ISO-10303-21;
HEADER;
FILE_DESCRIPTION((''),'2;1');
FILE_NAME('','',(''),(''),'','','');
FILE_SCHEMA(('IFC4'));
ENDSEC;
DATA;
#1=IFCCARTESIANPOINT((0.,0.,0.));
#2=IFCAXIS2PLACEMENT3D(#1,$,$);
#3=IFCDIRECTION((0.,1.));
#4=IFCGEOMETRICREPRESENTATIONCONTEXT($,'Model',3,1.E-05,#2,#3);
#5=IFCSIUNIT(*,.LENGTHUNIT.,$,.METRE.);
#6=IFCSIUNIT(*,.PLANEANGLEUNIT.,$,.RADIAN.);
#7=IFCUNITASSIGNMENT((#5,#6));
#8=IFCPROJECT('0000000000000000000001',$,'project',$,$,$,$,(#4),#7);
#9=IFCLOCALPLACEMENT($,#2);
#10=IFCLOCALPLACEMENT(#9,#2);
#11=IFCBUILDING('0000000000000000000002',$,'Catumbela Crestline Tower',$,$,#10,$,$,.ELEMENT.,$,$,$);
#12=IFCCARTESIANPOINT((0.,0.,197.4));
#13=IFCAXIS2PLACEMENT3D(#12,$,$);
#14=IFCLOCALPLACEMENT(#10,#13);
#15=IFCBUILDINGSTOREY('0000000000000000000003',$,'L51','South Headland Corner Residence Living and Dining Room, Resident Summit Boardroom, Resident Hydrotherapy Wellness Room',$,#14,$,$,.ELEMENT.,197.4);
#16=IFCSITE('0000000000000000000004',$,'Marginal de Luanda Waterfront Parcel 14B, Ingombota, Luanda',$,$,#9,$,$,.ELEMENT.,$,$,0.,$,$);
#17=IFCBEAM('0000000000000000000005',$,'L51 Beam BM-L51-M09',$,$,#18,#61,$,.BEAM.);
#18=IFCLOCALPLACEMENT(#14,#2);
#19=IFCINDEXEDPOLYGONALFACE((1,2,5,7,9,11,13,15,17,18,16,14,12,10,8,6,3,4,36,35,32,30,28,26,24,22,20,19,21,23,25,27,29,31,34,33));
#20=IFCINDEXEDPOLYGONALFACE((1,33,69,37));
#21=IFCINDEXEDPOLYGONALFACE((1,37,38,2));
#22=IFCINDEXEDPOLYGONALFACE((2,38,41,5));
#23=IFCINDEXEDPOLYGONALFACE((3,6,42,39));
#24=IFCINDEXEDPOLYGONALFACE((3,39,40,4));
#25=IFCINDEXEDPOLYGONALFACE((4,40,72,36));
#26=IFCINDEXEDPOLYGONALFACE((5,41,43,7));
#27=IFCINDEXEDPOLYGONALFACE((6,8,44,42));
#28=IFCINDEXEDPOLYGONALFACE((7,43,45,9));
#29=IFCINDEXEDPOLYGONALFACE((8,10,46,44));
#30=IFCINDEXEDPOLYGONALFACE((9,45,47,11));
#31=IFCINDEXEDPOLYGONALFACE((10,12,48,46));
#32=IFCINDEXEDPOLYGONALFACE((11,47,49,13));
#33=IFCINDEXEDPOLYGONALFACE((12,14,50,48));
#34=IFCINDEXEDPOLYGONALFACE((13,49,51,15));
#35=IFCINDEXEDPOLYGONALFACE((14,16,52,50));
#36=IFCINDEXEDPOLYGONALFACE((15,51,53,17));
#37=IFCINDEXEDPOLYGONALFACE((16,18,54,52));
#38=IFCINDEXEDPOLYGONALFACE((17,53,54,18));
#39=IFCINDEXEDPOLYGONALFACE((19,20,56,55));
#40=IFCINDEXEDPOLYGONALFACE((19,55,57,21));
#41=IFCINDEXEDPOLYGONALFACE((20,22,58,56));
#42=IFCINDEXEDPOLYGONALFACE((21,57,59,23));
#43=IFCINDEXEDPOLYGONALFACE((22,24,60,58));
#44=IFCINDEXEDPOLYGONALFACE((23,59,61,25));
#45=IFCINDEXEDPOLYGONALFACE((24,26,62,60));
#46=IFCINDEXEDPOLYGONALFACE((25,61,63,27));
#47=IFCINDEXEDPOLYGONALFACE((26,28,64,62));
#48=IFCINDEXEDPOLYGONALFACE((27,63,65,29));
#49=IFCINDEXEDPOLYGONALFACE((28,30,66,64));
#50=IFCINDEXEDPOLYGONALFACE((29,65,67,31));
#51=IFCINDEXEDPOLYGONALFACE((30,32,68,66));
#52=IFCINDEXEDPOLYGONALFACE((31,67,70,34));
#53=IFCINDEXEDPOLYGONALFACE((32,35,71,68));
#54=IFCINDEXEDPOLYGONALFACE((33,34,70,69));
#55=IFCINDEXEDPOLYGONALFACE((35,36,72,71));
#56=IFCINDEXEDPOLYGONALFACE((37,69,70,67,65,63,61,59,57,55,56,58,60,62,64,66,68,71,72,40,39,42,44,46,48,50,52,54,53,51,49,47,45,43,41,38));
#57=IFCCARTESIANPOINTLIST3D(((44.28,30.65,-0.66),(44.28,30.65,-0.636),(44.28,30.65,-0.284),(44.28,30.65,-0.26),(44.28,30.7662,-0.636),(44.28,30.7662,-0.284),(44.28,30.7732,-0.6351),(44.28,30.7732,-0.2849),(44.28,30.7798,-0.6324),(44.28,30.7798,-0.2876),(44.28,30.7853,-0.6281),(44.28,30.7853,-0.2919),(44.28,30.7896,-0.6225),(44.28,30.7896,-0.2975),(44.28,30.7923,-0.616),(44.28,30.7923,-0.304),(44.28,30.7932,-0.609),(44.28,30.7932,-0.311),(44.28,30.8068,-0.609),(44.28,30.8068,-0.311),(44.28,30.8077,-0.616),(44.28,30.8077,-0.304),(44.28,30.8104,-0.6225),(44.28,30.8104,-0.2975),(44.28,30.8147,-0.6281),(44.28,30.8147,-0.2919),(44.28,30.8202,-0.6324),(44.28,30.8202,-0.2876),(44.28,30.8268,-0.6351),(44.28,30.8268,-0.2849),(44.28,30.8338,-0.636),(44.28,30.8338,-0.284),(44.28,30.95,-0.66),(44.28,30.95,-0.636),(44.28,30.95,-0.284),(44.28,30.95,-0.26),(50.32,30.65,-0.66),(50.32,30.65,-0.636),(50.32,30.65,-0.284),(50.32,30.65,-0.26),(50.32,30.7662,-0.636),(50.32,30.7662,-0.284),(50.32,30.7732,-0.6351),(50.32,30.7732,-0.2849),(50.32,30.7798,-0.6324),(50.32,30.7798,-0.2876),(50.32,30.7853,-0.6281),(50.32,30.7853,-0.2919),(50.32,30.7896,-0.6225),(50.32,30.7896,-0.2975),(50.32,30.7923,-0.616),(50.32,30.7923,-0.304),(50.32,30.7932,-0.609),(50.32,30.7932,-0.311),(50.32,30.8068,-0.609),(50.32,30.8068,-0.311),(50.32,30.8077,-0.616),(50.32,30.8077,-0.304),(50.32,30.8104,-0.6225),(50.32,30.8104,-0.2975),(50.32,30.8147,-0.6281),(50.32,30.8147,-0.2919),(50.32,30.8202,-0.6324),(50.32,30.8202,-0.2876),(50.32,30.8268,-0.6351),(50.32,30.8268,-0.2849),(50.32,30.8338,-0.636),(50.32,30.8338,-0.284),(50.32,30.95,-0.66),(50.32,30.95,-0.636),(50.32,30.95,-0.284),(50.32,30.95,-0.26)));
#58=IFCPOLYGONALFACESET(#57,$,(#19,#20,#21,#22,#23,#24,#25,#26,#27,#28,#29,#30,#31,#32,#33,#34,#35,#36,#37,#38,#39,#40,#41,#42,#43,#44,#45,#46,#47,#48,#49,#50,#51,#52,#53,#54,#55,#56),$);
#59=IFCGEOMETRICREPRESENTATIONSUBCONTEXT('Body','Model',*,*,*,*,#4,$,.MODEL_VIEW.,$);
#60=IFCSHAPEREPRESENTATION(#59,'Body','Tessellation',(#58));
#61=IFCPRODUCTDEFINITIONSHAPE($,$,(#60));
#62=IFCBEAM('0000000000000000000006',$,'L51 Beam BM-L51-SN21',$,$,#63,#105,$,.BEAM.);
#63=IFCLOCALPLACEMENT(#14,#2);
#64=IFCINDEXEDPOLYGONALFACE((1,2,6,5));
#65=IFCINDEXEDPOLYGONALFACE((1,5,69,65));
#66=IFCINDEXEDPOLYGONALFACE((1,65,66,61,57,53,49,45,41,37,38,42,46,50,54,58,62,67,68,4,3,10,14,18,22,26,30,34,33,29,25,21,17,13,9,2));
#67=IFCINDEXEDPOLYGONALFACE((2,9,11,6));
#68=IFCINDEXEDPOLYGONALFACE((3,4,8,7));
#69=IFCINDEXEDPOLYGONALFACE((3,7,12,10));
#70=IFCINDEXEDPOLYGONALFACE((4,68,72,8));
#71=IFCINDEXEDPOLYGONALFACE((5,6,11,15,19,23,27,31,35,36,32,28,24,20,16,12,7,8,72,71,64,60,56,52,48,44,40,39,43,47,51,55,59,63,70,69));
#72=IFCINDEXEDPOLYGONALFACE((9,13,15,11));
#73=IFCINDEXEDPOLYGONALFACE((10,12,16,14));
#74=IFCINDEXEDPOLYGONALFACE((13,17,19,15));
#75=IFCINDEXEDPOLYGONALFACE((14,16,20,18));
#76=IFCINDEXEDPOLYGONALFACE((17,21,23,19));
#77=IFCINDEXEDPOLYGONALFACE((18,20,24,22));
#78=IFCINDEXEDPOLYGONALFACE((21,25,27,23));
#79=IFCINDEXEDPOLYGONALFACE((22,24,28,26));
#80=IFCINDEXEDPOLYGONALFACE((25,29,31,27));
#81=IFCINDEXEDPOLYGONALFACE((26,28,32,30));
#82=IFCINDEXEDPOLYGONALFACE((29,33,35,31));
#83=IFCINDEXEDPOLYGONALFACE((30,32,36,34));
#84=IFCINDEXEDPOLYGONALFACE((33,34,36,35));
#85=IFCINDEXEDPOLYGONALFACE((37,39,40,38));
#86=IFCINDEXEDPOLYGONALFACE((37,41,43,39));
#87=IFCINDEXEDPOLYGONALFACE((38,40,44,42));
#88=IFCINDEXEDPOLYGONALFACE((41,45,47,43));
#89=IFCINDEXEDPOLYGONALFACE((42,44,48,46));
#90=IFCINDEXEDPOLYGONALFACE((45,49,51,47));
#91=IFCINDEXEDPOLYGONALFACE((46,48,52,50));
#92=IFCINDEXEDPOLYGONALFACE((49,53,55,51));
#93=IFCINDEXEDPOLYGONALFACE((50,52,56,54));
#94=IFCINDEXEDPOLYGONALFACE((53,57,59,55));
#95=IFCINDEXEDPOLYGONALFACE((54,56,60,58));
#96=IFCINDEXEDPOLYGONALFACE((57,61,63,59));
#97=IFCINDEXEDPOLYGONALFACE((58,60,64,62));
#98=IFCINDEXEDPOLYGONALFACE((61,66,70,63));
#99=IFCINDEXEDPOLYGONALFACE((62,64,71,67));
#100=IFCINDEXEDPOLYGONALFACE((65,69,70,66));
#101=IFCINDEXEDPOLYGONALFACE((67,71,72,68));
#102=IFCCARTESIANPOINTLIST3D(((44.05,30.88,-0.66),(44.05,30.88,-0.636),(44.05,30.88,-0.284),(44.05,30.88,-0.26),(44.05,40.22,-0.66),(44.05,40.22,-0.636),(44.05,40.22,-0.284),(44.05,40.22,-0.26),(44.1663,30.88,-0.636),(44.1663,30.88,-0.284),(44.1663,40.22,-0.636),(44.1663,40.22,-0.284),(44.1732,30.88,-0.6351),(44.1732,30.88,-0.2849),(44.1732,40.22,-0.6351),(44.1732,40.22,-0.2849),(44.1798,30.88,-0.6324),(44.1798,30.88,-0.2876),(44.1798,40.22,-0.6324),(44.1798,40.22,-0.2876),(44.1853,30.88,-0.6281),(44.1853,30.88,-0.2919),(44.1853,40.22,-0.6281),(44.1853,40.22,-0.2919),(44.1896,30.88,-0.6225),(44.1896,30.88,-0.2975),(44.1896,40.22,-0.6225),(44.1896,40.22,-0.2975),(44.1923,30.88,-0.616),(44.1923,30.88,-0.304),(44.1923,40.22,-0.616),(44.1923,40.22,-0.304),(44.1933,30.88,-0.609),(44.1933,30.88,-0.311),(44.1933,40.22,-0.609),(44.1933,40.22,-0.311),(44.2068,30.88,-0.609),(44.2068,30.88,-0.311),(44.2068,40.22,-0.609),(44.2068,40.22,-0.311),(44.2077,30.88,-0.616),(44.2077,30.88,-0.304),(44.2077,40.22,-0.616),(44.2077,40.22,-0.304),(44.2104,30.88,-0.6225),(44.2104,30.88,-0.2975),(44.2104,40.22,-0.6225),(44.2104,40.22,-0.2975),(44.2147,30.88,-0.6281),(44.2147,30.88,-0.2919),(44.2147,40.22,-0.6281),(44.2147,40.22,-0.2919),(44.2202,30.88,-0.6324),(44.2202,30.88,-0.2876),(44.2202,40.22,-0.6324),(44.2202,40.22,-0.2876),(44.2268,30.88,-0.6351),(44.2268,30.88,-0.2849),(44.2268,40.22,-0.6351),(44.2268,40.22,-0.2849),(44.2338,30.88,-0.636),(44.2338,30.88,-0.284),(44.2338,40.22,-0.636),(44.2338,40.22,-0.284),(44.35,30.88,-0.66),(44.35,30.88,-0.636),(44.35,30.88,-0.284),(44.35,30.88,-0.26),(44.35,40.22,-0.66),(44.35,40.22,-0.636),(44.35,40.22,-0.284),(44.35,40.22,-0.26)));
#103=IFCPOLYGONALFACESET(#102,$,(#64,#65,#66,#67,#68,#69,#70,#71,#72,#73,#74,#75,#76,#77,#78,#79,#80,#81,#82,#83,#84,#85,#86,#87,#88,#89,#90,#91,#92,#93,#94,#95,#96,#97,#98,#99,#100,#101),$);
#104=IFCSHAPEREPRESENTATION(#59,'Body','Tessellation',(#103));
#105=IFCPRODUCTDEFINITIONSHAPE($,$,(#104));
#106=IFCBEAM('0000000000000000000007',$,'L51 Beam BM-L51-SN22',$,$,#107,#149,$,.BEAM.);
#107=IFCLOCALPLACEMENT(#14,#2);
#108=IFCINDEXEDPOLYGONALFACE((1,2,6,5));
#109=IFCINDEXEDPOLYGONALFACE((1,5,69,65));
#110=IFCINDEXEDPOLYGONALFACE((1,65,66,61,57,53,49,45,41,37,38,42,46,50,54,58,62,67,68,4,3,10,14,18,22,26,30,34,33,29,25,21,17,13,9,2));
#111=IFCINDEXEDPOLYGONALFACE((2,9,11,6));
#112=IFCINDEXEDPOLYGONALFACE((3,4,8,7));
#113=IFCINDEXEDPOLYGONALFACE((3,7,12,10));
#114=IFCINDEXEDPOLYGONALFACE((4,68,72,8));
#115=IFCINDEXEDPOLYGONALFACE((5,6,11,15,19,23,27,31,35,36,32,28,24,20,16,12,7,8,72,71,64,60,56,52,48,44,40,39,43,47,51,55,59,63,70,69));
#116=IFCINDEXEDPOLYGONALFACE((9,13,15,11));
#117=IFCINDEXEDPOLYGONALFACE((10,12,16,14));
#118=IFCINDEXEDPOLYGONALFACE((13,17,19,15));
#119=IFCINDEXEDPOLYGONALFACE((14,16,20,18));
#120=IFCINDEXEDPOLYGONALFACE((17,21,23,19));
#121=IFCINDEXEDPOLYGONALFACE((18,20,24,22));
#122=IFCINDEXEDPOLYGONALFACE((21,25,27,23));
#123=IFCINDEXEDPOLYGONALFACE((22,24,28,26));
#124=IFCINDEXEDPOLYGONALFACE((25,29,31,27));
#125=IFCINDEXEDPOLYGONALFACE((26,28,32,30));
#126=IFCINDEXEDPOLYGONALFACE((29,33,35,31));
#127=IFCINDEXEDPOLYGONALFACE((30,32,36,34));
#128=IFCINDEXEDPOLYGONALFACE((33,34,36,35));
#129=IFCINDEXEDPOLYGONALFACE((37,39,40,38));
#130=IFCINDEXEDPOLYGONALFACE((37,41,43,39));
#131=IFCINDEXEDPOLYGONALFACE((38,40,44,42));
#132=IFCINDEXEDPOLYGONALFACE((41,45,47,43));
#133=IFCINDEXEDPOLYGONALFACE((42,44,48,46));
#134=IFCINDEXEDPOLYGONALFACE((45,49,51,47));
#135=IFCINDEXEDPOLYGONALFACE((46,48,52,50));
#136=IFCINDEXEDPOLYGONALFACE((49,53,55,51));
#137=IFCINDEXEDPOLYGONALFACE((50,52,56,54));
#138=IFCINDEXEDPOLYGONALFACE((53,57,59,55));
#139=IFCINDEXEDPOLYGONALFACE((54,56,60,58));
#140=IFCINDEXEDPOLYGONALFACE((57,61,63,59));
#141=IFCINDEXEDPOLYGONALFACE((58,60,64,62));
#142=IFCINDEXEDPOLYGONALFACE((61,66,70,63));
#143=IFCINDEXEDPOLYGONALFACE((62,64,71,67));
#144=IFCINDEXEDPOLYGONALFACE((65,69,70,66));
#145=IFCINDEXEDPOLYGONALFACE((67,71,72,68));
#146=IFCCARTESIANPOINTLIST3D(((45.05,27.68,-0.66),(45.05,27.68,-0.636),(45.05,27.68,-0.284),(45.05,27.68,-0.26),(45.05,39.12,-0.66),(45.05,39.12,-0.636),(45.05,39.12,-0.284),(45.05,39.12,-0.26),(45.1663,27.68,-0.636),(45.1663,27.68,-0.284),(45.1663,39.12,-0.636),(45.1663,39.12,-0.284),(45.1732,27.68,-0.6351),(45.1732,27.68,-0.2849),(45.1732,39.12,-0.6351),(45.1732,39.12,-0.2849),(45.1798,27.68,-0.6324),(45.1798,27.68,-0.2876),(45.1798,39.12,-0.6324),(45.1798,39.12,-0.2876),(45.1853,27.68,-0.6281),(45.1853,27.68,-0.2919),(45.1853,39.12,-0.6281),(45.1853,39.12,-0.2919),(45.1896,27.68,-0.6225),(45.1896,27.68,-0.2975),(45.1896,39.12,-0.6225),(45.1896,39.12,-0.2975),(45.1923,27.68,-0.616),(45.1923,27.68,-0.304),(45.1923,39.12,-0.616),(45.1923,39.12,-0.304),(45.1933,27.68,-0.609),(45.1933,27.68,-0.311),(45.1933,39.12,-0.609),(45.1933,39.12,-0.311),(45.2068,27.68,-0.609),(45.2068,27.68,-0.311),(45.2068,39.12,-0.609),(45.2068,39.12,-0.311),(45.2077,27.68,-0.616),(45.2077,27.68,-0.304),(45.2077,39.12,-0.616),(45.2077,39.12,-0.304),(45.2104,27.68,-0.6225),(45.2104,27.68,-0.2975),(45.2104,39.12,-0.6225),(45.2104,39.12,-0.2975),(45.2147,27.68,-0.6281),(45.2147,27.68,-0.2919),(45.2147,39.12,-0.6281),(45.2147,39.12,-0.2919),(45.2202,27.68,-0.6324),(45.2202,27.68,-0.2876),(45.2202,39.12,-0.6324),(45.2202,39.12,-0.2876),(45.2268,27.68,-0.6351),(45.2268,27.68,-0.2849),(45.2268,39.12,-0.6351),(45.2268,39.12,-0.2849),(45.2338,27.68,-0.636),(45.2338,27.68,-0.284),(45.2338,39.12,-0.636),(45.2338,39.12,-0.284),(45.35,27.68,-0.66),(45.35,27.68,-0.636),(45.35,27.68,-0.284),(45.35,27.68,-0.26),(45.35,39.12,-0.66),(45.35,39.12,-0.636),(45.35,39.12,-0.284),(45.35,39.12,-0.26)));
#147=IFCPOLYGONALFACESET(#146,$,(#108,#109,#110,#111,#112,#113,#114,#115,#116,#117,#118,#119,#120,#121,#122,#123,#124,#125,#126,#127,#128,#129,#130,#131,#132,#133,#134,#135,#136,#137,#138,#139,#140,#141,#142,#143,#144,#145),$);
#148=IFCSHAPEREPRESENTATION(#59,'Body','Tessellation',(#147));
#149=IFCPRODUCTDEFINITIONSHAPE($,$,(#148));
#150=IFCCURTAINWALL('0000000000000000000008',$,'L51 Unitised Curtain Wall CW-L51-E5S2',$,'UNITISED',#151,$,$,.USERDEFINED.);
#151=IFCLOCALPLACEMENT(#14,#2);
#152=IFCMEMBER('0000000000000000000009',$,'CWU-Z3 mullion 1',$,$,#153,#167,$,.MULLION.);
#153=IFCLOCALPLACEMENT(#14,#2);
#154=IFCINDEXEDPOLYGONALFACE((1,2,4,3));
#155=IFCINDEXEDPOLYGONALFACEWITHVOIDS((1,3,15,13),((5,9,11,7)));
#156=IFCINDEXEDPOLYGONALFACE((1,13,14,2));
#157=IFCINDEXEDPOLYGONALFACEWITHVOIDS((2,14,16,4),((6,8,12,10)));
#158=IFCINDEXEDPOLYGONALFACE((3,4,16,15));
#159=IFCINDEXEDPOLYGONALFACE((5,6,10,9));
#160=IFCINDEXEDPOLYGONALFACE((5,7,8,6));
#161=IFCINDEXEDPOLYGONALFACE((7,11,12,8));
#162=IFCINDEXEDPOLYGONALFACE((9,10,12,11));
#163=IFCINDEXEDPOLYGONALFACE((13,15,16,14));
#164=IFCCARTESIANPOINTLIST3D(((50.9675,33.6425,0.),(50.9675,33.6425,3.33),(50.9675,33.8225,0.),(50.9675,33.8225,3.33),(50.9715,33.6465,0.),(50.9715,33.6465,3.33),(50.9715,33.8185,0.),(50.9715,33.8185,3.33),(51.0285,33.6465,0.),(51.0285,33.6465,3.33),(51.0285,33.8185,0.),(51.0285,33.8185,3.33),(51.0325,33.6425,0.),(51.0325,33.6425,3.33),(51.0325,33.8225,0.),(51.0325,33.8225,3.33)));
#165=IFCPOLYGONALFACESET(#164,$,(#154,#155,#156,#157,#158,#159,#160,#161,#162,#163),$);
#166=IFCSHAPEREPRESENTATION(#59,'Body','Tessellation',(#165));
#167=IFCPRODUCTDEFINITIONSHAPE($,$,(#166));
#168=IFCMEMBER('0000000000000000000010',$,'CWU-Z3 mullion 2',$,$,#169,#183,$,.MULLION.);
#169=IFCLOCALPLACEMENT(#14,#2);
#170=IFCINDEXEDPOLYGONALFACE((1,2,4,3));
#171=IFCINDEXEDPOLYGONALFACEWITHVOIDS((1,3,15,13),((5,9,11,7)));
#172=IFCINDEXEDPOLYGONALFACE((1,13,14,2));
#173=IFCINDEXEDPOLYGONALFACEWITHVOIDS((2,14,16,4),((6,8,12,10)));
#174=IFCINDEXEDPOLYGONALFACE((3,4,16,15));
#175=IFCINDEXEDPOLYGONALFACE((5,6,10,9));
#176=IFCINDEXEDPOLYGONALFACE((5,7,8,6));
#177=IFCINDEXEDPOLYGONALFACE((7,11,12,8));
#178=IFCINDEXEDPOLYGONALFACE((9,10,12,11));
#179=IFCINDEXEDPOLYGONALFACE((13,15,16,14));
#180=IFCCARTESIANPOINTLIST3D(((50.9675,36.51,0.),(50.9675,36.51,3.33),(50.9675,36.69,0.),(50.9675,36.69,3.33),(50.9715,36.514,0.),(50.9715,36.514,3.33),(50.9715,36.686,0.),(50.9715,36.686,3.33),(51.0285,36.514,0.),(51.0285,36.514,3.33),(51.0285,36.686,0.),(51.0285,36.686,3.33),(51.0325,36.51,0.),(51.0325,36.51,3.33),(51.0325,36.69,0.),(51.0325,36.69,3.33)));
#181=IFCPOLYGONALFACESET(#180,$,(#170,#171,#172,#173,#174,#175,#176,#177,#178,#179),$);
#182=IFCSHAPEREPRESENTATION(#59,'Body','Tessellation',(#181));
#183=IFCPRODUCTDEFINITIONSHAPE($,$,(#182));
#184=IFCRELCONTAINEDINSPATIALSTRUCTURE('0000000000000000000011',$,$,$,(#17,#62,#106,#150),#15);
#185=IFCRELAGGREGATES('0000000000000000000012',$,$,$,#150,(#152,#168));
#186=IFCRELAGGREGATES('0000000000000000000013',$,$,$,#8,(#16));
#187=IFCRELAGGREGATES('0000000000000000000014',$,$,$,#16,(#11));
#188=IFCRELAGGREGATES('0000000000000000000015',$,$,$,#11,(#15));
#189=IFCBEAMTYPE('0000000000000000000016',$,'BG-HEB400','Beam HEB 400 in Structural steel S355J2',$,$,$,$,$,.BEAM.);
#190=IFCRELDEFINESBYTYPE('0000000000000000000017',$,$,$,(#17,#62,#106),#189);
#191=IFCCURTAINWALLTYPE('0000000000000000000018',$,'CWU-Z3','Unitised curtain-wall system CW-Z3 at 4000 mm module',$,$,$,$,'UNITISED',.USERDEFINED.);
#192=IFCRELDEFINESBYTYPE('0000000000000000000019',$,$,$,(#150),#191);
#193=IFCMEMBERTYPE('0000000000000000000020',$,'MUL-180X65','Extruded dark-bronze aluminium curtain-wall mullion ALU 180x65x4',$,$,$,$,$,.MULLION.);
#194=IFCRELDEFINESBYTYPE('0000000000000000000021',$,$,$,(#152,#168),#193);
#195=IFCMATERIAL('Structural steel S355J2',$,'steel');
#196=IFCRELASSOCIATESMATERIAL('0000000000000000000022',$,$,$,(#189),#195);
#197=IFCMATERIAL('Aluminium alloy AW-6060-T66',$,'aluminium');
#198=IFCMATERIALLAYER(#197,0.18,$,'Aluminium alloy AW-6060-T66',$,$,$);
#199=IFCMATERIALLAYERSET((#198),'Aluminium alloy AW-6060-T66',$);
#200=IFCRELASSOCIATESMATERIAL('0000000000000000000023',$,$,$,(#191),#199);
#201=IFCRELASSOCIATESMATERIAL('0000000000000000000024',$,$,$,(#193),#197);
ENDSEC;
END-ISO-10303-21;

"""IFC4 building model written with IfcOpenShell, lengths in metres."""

from ifc_helpers import new_model, si_unit, direction, frame, origin, origin_2d, place, context, subcontext, project, spatial, hollow_rectangle, i_section, extrude, material, layer, layer_set, material_profile, profile_set, type_object, element, aggregate, save


model = new_model("IFC4")

# Units and contexts
model_context = context("Model", 3, precision=1e-05, world=origin(), true_north=direction((0.0, 1.0)))
body_context = subcontext(model_context, "Body", "Model", "MODEL_VIEW")
ifc_project = project(units=[si_unit("LENGTHUNIT", "METRE"), si_unit("PLANEANGLEUNIT", "RADIAN")], contexts=[model_context])

# Site, building, storey
site_placement = place(None, origin())
site = spatial("IfcSite", under=ifc_project, at=site_placement, Name="Marginal de Luanda Waterfront Parcel 14B, Ingombota, Luanda", CompositionType="ELEMENT", RefElevation=0.0)
building_placement = place(site_placement, origin())
building = spatial("IfcBuilding", under=site, at=building_placement, Name="Catumbela Crestline Tower", CompositionType="ELEMENT")
storey_placement = place(building_placement, frame((0.0, 0.0, 197.4)))
storey = spatial("IfcBuildingStorey", under=building, at=storey_placement, Name="L51", Description="South Headland Corner Residence Living and Dining Room, Resident Summit Boardroom, Resident Hydrotherapy Wellness Room", CompositionType="ELEMENT", Elevation=197.4)

# Shared definitions
ifc_material_1 = material(Name="Structural steel S355J2", Category="steel")

# Beams
ifc_material_profile_1 = material_profile(ifc_material_1, i_section(OverallWidth=0.3, OverallDepth=0.4, WebThickness=0.0135, FlangeThickness=0.024, FilletRadius=0.027, at=origin_2d()), Name="HEB 400")
ifc_profile_set_1 = profile_set([ifc_material_profile_1], Name="Structural steel S355J2")
beam_type_1 = type_object("IfcBeamType", Name="BG-HEB400", Description="Beam HEB 400 in Structural steel S355J2", PredefinedType="BEAM", material=ifc_profile_set_1)
beam_1_placement = place(storey_placement, frame((44.28, 30.8, -0.46), z_axis=(1.0, 0.0, 0.0), x_axis=(0.0, 1.0, 0.0)))
element("IfcBeam", 1, at=beam_1_placement, inside=storey, type_object=beam_type_1, Name="L51 Beam BM-L51-M09", PredefinedType="BEAM", context=body_context, shape_type="SweptSolid", body=[
    extrude(i_section(OverallWidth=0.3, OverallDepth=0.4, WebThickness=0.0135, FlangeThickness=0.024, FilletRadius=0.027, at=origin_2d()), origin(), (0.0, 0.0, 1.0), 6.04),
])
beam_2_placement = place(storey_placement, frame((44.2, 30.88, -0.46), z_axis=(0.0, 1.0, 0.0), x_axis=(-1.0, 0.0, 0.0)))
element("IfcBeam", 2, at=beam_2_placement, inside=storey, type_object=beam_type_1, Name="L51 Beam BM-L51-SN21", PredefinedType="BEAM", context=body_context, shape_type="SweptSolid", body=[
    extrude(i_section(OverallWidth=0.3, OverallDepth=0.4, WebThickness=0.0135, FlangeThickness=0.024, FilletRadius=0.027, at=origin_2d()), origin(), (0.0, 0.0, 1.0), 9.34),
])
beam_3_placement = place(storey_placement, frame((45.2, 27.68, -0.46), z_axis=(0.0, 1.0, 0.0), x_axis=(-1.0, 0.0, 0.0)))
element("IfcBeam", 3, at=beam_3_placement, inside=storey, type_object=beam_type_1, Name="L51 Beam BM-L51-SN22", PredefinedType="BEAM", context=body_context, shape_type="SweptSolid", body=[
    extrude(i_section(OverallWidth=0.3, OverallDepth=0.4, WebThickness=0.0135, FlangeThickness=0.024, FilletRadius=0.027, at=origin_2d()), origin(), (0.0, 0.0, 1.0), 11.44),
])

# Curtain wall, members
ifc_material_2 = material(Name="Aluminium alloy AW-6060-T66", Category="aluminium")
ifc_layer_1 = layer(ifc_material_2, 0.18, Name="Aluminium alloy AW-6060-T66")
ifc_layer_set_1 = layer_set([ifc_layer_1], Name="Aluminium alloy AW-6060-T66")
curtain_wall_type = type_object("IfcCurtainWallType", Name="CWU-Z3", Description="Unitised curtain-wall system CW-Z3 at 4000 mm module", ElementType="UNITISED", PredefinedType="USERDEFINED", material=ifc_layer_set_1)
curtain_wall_placement = place(storey_placement, origin())
curtain_wall = element("IfcCurtainWall", 4, at=curtain_wall_placement, inside=storey, type_object=curtain_wall_type, Name="L51 Unitised Curtain Wall CW-L51-E5S2", ObjectType="UNITISED", PredefinedType="USERDEFINED")
ifc_material_profile_2 = material_profile(ifc_material_2, hollow_rectangle(XDim=0.065, YDim=0.18, WallThickness=0.004, at=origin_2d()), Name="ALU 180x65x4")
ifc_profile_set_2 = profile_set([ifc_material_profile_2], Name="Aluminium alloy AW-6060-T66")
member_type_1 = type_object("IfcMemberType", Name="MUL-180X65", Description="Extruded dark-bronze aluminium curtain-wall mullion ALU 180x65x4", PredefinedType="MULLION", material=ifc_profile_set_2)
member_1_placement = place(storey_placement, frame((51.0, 33.7325, 0.0), z_axis=(0.0, 0.0, 1.0), x_axis=(-1.0, 0.0, 0.0)))
member_1 = element("IfcMember", 5, at=member_1_placement, type_object=member_type_1, Name="CWU-Z3 mullion 1", PredefinedType="MULLION", context=body_context, shape_type="SweptSolid", body=[
    extrude(hollow_rectangle(XDim=0.065, YDim=0.18, WallThickness=0.004, at=origin_2d()), origin(), (0.0, 0.0, 1.0), 3.33),
])
member_2_placement = place(storey_placement, frame((51.0, 36.6, 0.0), z_axis=(0.0, 0.0, 1.0), x_axis=(-1.0, 0.0, 0.0)))
member_2 = element("IfcMember", 6, at=member_2_placement, type_object=member_type_1, Name="CWU-Z3 mullion 2", PredefinedType="MULLION", context=body_context, shape_type="SweptSolid", body=[
    extrude(hollow_rectangle(XDim=0.065, YDim=0.18, WallThickness=0.004, at=origin_2d()), origin(), (0.0, 0.0, 1.0), 3.33),
])

aggregate(curtain_wall, [member_1, member_2])

save(model, "model.ifc")
